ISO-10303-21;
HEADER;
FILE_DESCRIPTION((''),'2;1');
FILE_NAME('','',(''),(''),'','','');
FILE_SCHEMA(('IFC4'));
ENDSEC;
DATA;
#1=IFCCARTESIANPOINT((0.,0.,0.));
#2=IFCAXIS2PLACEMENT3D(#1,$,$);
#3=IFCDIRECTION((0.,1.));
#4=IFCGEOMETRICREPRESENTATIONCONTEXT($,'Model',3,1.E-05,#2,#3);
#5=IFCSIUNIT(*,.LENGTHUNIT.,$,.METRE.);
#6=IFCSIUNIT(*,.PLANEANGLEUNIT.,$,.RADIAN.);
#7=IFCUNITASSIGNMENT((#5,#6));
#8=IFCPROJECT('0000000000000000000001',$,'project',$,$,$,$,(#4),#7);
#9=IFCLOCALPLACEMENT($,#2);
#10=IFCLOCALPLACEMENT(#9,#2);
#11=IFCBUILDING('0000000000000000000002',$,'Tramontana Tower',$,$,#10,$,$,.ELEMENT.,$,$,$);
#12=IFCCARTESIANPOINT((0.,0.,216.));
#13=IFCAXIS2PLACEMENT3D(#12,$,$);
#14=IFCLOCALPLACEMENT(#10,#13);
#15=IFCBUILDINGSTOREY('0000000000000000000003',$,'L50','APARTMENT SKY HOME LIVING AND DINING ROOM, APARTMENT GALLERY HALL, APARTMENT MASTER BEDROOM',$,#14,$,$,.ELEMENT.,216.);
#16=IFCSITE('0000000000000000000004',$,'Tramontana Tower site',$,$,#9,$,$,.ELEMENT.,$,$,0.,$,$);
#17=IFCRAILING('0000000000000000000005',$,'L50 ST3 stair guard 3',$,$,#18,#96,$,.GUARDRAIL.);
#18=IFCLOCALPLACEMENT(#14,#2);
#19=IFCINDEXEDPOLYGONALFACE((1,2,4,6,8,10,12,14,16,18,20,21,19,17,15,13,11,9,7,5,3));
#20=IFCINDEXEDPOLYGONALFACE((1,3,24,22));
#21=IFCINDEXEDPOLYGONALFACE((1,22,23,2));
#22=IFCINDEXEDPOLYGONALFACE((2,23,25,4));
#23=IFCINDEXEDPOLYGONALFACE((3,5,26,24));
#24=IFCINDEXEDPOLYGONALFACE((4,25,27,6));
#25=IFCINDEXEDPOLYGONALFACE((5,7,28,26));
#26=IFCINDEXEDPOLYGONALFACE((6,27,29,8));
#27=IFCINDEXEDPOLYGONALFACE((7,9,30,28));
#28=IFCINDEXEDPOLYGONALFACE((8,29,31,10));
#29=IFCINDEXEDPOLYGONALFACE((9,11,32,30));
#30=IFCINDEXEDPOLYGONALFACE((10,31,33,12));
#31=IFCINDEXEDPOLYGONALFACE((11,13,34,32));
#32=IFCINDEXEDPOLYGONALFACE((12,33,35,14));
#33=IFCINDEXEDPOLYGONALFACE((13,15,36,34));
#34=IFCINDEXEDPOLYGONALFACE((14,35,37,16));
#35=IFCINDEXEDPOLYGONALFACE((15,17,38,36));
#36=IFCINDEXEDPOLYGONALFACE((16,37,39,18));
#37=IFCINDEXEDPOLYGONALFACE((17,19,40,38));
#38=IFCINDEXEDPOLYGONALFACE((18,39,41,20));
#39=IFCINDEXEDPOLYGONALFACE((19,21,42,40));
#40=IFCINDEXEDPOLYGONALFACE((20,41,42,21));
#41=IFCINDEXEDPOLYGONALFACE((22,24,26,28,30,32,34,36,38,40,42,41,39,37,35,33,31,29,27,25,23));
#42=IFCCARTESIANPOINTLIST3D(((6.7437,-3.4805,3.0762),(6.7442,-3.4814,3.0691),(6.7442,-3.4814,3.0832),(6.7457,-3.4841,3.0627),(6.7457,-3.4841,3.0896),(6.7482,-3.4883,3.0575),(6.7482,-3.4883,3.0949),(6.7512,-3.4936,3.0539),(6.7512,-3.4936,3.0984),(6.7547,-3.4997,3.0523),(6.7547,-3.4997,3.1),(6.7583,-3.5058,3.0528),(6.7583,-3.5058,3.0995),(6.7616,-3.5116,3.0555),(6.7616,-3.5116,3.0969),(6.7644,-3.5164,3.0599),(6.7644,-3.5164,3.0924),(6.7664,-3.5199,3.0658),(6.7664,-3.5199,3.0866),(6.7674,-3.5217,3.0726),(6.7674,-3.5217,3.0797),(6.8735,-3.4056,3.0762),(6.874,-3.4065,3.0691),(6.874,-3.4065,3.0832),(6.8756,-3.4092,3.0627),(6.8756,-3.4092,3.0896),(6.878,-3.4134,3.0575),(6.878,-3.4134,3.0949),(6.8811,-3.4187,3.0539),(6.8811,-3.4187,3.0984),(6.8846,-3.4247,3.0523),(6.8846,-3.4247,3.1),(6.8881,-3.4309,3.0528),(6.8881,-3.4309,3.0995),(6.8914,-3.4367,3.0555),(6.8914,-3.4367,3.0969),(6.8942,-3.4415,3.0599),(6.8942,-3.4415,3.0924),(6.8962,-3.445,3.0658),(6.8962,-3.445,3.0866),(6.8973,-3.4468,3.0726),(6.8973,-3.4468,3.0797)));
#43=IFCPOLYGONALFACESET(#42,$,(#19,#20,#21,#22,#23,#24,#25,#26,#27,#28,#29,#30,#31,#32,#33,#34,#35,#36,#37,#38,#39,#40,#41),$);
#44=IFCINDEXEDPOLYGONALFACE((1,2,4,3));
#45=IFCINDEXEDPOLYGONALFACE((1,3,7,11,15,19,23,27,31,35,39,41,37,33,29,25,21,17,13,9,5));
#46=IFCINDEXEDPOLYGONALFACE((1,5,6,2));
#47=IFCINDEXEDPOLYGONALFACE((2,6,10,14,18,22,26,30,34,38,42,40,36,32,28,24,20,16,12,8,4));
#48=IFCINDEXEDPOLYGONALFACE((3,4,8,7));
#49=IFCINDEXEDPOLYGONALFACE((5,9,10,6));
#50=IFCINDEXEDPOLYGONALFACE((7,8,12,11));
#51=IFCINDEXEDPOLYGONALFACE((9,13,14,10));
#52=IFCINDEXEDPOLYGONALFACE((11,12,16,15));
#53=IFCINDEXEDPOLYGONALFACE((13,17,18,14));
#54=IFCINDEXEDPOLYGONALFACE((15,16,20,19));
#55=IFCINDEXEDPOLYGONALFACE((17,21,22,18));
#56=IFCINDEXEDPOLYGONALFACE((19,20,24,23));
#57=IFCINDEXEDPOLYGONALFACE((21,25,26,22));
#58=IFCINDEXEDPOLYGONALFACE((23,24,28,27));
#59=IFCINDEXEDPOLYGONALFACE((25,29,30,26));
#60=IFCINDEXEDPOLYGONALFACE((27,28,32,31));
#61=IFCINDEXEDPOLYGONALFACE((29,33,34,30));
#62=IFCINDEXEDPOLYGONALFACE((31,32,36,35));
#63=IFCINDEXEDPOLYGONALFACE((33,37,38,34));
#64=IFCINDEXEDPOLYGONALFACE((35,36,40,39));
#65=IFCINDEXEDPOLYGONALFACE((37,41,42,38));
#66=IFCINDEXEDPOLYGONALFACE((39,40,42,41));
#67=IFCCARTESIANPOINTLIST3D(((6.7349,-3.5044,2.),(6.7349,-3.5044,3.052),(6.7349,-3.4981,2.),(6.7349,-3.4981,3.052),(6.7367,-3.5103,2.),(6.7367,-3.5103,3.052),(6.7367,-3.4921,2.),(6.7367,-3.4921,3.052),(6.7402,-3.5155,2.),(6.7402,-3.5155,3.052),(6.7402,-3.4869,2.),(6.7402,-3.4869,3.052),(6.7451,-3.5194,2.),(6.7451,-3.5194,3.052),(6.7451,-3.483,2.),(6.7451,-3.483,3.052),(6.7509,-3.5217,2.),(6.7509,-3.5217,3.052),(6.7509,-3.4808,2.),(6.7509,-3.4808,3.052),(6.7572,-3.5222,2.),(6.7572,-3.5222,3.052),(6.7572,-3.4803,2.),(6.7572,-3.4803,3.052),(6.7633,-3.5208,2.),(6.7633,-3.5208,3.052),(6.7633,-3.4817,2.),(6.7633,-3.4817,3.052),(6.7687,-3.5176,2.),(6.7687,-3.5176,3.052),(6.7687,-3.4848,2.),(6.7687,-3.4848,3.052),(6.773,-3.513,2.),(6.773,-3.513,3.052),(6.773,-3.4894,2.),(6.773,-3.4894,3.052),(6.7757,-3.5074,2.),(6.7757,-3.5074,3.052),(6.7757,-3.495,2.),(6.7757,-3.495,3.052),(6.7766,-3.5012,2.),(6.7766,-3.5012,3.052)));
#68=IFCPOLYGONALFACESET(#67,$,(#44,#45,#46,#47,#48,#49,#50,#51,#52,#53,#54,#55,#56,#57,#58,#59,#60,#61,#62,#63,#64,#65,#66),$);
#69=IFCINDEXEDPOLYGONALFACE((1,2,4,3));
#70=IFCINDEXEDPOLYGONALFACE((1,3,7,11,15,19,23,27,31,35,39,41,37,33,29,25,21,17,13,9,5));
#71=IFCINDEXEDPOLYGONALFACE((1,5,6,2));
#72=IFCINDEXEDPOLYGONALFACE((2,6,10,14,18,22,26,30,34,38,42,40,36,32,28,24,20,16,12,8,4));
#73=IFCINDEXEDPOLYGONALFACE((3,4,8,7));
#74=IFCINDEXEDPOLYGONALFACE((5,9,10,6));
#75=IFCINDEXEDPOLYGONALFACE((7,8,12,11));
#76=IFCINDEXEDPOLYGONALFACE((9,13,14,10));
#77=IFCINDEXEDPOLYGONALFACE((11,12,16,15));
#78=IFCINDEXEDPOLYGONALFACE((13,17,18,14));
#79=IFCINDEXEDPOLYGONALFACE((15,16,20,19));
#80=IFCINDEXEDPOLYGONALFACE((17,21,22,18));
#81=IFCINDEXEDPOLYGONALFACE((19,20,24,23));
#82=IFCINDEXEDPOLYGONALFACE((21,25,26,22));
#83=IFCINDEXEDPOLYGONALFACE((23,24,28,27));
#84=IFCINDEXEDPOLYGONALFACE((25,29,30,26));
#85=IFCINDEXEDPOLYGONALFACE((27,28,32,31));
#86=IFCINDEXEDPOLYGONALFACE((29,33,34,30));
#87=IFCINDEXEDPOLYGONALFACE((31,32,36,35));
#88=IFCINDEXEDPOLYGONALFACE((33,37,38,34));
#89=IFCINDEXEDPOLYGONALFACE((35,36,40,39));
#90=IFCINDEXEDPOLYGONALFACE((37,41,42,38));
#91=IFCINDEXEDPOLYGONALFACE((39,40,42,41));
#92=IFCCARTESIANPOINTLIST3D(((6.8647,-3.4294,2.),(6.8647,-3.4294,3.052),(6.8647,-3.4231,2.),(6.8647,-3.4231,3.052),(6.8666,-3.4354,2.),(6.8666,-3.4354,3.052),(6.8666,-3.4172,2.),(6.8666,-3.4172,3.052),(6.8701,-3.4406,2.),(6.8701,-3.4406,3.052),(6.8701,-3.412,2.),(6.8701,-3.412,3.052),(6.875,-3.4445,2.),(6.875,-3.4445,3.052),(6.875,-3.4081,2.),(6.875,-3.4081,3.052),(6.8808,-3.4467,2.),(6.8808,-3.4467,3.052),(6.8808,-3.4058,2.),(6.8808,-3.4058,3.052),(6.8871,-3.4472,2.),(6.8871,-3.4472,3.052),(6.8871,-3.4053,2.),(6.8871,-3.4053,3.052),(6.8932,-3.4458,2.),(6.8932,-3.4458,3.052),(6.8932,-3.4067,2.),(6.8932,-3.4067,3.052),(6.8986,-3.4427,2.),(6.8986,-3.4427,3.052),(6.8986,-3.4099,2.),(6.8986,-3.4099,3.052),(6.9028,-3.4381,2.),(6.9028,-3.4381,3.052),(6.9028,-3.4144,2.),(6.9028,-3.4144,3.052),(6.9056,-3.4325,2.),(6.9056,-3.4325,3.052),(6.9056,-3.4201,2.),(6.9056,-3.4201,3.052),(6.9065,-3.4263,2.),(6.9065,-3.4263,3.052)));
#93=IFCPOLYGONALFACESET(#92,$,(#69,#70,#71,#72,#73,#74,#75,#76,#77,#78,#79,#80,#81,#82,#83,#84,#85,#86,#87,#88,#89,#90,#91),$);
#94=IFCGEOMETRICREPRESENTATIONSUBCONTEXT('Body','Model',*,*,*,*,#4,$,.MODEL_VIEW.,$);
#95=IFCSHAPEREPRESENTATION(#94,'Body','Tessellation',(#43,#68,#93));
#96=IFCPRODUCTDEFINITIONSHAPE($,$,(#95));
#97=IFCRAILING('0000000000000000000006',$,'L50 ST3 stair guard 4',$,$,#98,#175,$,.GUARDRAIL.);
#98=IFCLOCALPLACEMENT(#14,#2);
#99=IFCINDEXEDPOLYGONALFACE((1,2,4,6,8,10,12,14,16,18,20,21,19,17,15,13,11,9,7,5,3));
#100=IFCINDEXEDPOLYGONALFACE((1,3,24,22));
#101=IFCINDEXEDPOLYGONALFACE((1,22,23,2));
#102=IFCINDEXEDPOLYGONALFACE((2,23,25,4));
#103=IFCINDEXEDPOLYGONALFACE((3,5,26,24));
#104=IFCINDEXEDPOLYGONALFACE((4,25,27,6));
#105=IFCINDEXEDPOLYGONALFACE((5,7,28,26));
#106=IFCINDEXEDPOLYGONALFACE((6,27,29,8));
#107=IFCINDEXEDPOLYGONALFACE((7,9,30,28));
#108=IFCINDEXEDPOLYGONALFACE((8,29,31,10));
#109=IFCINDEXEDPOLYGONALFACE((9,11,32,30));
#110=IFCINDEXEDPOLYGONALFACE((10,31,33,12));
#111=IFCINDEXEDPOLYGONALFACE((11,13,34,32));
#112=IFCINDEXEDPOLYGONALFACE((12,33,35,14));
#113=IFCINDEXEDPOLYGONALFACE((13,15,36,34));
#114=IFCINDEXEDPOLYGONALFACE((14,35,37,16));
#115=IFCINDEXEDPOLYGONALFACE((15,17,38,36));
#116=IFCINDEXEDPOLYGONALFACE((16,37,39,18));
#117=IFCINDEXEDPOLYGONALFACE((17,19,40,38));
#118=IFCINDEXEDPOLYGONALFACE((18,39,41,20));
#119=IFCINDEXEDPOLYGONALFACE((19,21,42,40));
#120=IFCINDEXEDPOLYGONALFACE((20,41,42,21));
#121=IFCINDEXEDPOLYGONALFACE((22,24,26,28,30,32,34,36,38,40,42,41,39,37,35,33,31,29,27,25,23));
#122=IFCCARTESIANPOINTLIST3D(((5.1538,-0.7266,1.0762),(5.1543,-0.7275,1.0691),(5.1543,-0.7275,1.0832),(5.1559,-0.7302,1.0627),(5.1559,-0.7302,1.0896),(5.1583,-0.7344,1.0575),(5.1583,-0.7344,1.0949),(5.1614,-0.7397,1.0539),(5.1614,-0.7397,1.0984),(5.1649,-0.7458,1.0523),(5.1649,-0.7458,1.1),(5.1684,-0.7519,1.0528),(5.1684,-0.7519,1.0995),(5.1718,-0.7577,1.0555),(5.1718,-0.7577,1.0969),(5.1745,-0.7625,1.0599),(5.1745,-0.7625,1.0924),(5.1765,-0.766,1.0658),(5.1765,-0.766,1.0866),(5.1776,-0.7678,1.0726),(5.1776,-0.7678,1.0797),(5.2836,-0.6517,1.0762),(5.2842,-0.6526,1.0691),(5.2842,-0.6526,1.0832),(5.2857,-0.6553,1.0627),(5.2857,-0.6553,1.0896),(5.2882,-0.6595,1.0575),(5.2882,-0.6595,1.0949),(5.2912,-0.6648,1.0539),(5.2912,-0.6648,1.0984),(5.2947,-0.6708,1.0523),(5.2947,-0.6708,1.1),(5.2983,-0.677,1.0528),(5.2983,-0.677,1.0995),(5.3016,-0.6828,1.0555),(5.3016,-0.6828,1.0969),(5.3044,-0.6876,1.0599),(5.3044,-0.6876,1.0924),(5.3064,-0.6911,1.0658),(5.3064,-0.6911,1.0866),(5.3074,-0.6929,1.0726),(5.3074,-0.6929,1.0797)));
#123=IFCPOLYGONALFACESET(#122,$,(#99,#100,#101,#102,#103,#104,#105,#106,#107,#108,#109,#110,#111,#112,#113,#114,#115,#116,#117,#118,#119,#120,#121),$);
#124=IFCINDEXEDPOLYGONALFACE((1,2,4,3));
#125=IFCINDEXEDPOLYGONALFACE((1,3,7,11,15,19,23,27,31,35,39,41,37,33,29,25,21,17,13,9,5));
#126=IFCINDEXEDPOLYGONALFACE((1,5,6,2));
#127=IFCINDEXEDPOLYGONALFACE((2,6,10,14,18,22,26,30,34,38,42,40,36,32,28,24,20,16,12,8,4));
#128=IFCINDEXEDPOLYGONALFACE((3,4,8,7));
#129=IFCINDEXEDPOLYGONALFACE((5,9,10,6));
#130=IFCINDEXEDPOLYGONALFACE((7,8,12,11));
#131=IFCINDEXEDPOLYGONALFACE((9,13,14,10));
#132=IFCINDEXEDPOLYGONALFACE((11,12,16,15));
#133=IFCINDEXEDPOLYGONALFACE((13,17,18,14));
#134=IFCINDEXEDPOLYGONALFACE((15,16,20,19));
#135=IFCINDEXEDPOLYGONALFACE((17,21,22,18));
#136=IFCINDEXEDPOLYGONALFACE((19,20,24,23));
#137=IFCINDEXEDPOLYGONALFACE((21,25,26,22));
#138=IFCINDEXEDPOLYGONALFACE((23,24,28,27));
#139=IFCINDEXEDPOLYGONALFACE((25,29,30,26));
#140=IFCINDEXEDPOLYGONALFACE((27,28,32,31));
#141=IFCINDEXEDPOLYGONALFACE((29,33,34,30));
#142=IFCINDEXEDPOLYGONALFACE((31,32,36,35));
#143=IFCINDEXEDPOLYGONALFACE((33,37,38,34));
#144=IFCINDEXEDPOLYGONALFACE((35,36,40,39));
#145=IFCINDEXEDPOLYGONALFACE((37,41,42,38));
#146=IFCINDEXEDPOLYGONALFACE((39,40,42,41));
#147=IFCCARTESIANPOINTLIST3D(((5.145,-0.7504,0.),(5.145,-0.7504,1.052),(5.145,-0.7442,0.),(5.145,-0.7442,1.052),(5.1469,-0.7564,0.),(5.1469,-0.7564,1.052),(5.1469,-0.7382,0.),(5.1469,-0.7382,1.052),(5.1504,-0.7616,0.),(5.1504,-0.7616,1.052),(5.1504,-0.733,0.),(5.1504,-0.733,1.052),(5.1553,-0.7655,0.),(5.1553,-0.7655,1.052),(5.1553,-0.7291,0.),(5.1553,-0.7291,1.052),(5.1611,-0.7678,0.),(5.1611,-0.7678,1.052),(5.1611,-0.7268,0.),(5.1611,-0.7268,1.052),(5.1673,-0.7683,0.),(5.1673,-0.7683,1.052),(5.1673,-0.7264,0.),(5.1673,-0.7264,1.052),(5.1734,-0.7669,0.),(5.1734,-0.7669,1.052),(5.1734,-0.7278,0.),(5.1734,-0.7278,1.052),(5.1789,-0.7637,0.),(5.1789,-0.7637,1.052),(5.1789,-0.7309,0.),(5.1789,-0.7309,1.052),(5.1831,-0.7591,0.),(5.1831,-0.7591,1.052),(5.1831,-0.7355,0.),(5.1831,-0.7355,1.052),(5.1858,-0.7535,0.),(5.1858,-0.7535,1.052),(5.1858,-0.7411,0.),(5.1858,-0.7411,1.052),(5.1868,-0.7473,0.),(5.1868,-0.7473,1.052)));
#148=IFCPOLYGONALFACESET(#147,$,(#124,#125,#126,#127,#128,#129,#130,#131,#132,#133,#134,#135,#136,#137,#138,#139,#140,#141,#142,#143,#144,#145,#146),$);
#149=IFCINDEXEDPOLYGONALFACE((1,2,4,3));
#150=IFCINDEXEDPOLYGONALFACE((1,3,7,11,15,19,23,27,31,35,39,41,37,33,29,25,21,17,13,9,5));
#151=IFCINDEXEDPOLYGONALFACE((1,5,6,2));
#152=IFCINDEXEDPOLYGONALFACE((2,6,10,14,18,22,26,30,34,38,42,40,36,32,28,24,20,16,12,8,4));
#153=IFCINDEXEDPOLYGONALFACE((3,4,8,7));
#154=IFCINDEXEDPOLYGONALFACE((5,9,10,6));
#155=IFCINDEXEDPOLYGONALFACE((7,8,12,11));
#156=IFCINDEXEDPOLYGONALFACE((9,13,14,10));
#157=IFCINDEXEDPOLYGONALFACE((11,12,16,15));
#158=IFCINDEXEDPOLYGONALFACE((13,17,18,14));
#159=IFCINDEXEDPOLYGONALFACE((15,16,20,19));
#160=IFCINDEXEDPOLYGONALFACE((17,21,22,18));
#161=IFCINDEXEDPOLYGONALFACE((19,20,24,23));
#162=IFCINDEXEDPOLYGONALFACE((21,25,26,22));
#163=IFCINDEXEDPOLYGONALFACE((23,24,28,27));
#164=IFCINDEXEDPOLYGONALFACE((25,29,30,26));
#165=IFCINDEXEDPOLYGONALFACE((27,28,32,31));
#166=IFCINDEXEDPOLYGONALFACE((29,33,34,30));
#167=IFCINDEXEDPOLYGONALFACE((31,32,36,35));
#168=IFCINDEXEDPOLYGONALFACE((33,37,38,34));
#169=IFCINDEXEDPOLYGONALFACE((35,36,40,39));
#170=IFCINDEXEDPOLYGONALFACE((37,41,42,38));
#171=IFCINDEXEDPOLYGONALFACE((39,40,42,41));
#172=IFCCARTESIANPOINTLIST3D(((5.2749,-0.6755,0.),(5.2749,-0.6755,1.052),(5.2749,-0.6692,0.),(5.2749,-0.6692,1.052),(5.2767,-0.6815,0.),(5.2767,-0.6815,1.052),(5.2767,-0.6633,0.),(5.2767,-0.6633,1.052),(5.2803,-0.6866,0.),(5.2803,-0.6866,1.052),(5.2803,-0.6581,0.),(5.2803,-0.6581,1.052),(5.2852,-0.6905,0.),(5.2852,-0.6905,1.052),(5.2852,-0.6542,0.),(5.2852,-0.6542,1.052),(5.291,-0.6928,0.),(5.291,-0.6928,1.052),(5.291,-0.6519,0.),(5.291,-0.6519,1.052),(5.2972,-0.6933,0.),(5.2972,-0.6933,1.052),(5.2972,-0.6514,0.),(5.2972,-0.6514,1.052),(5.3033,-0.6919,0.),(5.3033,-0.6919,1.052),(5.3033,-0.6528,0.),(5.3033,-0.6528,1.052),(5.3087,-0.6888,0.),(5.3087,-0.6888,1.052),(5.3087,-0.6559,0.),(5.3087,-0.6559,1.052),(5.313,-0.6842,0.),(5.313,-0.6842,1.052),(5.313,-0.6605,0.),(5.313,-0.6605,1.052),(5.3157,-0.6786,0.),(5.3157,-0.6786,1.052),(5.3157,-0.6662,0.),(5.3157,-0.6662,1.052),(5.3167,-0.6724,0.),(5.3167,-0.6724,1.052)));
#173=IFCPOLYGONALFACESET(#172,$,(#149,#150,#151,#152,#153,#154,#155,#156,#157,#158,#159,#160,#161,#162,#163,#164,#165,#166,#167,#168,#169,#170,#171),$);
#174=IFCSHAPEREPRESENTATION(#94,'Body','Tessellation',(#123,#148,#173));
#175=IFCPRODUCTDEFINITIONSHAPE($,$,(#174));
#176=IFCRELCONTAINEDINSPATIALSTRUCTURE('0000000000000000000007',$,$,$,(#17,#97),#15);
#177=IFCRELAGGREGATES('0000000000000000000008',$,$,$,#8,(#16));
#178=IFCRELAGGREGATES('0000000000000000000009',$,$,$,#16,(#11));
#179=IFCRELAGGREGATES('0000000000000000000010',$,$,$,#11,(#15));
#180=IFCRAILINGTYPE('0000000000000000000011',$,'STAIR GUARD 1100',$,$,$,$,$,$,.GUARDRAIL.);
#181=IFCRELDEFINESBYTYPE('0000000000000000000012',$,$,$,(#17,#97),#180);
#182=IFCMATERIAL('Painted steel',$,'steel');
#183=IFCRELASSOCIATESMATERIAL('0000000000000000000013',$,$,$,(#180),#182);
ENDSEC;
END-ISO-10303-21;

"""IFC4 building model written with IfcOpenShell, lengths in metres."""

from ifc_helpers import new_model, si_unit, direction, frame, origin, origin_2d, place, context, subcontext, project, spatial, circle, extrude, material, type_object, element, save


model = new_model("IFC4")

# Units and contexts
model_context = context("Model", 3, precision=1e-05, world=origin(), true_north=direction((0.0, 1.0)))
body_context = subcontext(model_context, "Body", "Model", "MODEL_VIEW")
ifc_project = project(units=[si_unit("LENGTHUNIT", "METRE"), si_unit("PLANEANGLEUNIT", "RADIAN")], contexts=[model_context])

# Site, building, storey
site_placement = place(None, origin())
site = spatial("IfcSite", under=ifc_project, at=site_placement, Name="Tramontana Tower site", CompositionType="ELEMENT", RefElevation=0.0)
building_placement = place(site_placement, origin())
building = spatial("IfcBuilding", under=site, at=building_placement, Name="Tramontana Tower", CompositionType="ELEMENT")
storey_placement = place(building_placement, frame((0.0, 0.0, 216.0)))
storey = spatial("IfcBuildingStorey", under=building, at=storey_placement, Name="L50", Description="APARTMENT SKY HOME LIVING AND DINING ROOM, APARTMENT GALLERY HALL, APARTMENT MASTER BEDROOM", CompositionType="ELEMENT", Elevation=216.0)

# Railings
ifc_material_1 = material(Name="Painted steel", Category="steel")
railing_type_1 = type_object("IfcRailingType", Name="STAIR GUARD 1100", PredefinedType="GUARDRAIL", material=ifc_material_1)
for number, where, name in (
    (1, (6.7556, -3.5012, 2.0), "L50 ST3 stair guard 3"),
    (2, (5.1658, -0.7473, 0.0), "L50 ST3 stair guard 4"),
):
    element("IfcRailing", number, at=place(storey_placement, frame(where)), inside=storey, type_object=railing_type_1, Name=name, PredefinedType="GUARDRAIL", context=body_context, shape_type="SweptSolid", body=[
        extrude(circle(Radius=0.0239, at=origin_2d()), frame((0.0, 0.0, 1.0762), z_axis=(0.866131, 0.499816, 0.0), x_axis=(-0.499816, 0.866131, 0.0)), (0.0, 0.0, 1.0), 0.1499),
        extrude(circle(Radius=0.021, at=origin_2d()), origin(), (0.0, 0.0, 1.0), 1.052),
        extrude(circle(Radius=0.021, at=origin_2d()), frame((0.1299, 0.075, 0.0)), (0.0, 0.0, 1.0), 1.052),
    ])

save(model, "model.ifc")
